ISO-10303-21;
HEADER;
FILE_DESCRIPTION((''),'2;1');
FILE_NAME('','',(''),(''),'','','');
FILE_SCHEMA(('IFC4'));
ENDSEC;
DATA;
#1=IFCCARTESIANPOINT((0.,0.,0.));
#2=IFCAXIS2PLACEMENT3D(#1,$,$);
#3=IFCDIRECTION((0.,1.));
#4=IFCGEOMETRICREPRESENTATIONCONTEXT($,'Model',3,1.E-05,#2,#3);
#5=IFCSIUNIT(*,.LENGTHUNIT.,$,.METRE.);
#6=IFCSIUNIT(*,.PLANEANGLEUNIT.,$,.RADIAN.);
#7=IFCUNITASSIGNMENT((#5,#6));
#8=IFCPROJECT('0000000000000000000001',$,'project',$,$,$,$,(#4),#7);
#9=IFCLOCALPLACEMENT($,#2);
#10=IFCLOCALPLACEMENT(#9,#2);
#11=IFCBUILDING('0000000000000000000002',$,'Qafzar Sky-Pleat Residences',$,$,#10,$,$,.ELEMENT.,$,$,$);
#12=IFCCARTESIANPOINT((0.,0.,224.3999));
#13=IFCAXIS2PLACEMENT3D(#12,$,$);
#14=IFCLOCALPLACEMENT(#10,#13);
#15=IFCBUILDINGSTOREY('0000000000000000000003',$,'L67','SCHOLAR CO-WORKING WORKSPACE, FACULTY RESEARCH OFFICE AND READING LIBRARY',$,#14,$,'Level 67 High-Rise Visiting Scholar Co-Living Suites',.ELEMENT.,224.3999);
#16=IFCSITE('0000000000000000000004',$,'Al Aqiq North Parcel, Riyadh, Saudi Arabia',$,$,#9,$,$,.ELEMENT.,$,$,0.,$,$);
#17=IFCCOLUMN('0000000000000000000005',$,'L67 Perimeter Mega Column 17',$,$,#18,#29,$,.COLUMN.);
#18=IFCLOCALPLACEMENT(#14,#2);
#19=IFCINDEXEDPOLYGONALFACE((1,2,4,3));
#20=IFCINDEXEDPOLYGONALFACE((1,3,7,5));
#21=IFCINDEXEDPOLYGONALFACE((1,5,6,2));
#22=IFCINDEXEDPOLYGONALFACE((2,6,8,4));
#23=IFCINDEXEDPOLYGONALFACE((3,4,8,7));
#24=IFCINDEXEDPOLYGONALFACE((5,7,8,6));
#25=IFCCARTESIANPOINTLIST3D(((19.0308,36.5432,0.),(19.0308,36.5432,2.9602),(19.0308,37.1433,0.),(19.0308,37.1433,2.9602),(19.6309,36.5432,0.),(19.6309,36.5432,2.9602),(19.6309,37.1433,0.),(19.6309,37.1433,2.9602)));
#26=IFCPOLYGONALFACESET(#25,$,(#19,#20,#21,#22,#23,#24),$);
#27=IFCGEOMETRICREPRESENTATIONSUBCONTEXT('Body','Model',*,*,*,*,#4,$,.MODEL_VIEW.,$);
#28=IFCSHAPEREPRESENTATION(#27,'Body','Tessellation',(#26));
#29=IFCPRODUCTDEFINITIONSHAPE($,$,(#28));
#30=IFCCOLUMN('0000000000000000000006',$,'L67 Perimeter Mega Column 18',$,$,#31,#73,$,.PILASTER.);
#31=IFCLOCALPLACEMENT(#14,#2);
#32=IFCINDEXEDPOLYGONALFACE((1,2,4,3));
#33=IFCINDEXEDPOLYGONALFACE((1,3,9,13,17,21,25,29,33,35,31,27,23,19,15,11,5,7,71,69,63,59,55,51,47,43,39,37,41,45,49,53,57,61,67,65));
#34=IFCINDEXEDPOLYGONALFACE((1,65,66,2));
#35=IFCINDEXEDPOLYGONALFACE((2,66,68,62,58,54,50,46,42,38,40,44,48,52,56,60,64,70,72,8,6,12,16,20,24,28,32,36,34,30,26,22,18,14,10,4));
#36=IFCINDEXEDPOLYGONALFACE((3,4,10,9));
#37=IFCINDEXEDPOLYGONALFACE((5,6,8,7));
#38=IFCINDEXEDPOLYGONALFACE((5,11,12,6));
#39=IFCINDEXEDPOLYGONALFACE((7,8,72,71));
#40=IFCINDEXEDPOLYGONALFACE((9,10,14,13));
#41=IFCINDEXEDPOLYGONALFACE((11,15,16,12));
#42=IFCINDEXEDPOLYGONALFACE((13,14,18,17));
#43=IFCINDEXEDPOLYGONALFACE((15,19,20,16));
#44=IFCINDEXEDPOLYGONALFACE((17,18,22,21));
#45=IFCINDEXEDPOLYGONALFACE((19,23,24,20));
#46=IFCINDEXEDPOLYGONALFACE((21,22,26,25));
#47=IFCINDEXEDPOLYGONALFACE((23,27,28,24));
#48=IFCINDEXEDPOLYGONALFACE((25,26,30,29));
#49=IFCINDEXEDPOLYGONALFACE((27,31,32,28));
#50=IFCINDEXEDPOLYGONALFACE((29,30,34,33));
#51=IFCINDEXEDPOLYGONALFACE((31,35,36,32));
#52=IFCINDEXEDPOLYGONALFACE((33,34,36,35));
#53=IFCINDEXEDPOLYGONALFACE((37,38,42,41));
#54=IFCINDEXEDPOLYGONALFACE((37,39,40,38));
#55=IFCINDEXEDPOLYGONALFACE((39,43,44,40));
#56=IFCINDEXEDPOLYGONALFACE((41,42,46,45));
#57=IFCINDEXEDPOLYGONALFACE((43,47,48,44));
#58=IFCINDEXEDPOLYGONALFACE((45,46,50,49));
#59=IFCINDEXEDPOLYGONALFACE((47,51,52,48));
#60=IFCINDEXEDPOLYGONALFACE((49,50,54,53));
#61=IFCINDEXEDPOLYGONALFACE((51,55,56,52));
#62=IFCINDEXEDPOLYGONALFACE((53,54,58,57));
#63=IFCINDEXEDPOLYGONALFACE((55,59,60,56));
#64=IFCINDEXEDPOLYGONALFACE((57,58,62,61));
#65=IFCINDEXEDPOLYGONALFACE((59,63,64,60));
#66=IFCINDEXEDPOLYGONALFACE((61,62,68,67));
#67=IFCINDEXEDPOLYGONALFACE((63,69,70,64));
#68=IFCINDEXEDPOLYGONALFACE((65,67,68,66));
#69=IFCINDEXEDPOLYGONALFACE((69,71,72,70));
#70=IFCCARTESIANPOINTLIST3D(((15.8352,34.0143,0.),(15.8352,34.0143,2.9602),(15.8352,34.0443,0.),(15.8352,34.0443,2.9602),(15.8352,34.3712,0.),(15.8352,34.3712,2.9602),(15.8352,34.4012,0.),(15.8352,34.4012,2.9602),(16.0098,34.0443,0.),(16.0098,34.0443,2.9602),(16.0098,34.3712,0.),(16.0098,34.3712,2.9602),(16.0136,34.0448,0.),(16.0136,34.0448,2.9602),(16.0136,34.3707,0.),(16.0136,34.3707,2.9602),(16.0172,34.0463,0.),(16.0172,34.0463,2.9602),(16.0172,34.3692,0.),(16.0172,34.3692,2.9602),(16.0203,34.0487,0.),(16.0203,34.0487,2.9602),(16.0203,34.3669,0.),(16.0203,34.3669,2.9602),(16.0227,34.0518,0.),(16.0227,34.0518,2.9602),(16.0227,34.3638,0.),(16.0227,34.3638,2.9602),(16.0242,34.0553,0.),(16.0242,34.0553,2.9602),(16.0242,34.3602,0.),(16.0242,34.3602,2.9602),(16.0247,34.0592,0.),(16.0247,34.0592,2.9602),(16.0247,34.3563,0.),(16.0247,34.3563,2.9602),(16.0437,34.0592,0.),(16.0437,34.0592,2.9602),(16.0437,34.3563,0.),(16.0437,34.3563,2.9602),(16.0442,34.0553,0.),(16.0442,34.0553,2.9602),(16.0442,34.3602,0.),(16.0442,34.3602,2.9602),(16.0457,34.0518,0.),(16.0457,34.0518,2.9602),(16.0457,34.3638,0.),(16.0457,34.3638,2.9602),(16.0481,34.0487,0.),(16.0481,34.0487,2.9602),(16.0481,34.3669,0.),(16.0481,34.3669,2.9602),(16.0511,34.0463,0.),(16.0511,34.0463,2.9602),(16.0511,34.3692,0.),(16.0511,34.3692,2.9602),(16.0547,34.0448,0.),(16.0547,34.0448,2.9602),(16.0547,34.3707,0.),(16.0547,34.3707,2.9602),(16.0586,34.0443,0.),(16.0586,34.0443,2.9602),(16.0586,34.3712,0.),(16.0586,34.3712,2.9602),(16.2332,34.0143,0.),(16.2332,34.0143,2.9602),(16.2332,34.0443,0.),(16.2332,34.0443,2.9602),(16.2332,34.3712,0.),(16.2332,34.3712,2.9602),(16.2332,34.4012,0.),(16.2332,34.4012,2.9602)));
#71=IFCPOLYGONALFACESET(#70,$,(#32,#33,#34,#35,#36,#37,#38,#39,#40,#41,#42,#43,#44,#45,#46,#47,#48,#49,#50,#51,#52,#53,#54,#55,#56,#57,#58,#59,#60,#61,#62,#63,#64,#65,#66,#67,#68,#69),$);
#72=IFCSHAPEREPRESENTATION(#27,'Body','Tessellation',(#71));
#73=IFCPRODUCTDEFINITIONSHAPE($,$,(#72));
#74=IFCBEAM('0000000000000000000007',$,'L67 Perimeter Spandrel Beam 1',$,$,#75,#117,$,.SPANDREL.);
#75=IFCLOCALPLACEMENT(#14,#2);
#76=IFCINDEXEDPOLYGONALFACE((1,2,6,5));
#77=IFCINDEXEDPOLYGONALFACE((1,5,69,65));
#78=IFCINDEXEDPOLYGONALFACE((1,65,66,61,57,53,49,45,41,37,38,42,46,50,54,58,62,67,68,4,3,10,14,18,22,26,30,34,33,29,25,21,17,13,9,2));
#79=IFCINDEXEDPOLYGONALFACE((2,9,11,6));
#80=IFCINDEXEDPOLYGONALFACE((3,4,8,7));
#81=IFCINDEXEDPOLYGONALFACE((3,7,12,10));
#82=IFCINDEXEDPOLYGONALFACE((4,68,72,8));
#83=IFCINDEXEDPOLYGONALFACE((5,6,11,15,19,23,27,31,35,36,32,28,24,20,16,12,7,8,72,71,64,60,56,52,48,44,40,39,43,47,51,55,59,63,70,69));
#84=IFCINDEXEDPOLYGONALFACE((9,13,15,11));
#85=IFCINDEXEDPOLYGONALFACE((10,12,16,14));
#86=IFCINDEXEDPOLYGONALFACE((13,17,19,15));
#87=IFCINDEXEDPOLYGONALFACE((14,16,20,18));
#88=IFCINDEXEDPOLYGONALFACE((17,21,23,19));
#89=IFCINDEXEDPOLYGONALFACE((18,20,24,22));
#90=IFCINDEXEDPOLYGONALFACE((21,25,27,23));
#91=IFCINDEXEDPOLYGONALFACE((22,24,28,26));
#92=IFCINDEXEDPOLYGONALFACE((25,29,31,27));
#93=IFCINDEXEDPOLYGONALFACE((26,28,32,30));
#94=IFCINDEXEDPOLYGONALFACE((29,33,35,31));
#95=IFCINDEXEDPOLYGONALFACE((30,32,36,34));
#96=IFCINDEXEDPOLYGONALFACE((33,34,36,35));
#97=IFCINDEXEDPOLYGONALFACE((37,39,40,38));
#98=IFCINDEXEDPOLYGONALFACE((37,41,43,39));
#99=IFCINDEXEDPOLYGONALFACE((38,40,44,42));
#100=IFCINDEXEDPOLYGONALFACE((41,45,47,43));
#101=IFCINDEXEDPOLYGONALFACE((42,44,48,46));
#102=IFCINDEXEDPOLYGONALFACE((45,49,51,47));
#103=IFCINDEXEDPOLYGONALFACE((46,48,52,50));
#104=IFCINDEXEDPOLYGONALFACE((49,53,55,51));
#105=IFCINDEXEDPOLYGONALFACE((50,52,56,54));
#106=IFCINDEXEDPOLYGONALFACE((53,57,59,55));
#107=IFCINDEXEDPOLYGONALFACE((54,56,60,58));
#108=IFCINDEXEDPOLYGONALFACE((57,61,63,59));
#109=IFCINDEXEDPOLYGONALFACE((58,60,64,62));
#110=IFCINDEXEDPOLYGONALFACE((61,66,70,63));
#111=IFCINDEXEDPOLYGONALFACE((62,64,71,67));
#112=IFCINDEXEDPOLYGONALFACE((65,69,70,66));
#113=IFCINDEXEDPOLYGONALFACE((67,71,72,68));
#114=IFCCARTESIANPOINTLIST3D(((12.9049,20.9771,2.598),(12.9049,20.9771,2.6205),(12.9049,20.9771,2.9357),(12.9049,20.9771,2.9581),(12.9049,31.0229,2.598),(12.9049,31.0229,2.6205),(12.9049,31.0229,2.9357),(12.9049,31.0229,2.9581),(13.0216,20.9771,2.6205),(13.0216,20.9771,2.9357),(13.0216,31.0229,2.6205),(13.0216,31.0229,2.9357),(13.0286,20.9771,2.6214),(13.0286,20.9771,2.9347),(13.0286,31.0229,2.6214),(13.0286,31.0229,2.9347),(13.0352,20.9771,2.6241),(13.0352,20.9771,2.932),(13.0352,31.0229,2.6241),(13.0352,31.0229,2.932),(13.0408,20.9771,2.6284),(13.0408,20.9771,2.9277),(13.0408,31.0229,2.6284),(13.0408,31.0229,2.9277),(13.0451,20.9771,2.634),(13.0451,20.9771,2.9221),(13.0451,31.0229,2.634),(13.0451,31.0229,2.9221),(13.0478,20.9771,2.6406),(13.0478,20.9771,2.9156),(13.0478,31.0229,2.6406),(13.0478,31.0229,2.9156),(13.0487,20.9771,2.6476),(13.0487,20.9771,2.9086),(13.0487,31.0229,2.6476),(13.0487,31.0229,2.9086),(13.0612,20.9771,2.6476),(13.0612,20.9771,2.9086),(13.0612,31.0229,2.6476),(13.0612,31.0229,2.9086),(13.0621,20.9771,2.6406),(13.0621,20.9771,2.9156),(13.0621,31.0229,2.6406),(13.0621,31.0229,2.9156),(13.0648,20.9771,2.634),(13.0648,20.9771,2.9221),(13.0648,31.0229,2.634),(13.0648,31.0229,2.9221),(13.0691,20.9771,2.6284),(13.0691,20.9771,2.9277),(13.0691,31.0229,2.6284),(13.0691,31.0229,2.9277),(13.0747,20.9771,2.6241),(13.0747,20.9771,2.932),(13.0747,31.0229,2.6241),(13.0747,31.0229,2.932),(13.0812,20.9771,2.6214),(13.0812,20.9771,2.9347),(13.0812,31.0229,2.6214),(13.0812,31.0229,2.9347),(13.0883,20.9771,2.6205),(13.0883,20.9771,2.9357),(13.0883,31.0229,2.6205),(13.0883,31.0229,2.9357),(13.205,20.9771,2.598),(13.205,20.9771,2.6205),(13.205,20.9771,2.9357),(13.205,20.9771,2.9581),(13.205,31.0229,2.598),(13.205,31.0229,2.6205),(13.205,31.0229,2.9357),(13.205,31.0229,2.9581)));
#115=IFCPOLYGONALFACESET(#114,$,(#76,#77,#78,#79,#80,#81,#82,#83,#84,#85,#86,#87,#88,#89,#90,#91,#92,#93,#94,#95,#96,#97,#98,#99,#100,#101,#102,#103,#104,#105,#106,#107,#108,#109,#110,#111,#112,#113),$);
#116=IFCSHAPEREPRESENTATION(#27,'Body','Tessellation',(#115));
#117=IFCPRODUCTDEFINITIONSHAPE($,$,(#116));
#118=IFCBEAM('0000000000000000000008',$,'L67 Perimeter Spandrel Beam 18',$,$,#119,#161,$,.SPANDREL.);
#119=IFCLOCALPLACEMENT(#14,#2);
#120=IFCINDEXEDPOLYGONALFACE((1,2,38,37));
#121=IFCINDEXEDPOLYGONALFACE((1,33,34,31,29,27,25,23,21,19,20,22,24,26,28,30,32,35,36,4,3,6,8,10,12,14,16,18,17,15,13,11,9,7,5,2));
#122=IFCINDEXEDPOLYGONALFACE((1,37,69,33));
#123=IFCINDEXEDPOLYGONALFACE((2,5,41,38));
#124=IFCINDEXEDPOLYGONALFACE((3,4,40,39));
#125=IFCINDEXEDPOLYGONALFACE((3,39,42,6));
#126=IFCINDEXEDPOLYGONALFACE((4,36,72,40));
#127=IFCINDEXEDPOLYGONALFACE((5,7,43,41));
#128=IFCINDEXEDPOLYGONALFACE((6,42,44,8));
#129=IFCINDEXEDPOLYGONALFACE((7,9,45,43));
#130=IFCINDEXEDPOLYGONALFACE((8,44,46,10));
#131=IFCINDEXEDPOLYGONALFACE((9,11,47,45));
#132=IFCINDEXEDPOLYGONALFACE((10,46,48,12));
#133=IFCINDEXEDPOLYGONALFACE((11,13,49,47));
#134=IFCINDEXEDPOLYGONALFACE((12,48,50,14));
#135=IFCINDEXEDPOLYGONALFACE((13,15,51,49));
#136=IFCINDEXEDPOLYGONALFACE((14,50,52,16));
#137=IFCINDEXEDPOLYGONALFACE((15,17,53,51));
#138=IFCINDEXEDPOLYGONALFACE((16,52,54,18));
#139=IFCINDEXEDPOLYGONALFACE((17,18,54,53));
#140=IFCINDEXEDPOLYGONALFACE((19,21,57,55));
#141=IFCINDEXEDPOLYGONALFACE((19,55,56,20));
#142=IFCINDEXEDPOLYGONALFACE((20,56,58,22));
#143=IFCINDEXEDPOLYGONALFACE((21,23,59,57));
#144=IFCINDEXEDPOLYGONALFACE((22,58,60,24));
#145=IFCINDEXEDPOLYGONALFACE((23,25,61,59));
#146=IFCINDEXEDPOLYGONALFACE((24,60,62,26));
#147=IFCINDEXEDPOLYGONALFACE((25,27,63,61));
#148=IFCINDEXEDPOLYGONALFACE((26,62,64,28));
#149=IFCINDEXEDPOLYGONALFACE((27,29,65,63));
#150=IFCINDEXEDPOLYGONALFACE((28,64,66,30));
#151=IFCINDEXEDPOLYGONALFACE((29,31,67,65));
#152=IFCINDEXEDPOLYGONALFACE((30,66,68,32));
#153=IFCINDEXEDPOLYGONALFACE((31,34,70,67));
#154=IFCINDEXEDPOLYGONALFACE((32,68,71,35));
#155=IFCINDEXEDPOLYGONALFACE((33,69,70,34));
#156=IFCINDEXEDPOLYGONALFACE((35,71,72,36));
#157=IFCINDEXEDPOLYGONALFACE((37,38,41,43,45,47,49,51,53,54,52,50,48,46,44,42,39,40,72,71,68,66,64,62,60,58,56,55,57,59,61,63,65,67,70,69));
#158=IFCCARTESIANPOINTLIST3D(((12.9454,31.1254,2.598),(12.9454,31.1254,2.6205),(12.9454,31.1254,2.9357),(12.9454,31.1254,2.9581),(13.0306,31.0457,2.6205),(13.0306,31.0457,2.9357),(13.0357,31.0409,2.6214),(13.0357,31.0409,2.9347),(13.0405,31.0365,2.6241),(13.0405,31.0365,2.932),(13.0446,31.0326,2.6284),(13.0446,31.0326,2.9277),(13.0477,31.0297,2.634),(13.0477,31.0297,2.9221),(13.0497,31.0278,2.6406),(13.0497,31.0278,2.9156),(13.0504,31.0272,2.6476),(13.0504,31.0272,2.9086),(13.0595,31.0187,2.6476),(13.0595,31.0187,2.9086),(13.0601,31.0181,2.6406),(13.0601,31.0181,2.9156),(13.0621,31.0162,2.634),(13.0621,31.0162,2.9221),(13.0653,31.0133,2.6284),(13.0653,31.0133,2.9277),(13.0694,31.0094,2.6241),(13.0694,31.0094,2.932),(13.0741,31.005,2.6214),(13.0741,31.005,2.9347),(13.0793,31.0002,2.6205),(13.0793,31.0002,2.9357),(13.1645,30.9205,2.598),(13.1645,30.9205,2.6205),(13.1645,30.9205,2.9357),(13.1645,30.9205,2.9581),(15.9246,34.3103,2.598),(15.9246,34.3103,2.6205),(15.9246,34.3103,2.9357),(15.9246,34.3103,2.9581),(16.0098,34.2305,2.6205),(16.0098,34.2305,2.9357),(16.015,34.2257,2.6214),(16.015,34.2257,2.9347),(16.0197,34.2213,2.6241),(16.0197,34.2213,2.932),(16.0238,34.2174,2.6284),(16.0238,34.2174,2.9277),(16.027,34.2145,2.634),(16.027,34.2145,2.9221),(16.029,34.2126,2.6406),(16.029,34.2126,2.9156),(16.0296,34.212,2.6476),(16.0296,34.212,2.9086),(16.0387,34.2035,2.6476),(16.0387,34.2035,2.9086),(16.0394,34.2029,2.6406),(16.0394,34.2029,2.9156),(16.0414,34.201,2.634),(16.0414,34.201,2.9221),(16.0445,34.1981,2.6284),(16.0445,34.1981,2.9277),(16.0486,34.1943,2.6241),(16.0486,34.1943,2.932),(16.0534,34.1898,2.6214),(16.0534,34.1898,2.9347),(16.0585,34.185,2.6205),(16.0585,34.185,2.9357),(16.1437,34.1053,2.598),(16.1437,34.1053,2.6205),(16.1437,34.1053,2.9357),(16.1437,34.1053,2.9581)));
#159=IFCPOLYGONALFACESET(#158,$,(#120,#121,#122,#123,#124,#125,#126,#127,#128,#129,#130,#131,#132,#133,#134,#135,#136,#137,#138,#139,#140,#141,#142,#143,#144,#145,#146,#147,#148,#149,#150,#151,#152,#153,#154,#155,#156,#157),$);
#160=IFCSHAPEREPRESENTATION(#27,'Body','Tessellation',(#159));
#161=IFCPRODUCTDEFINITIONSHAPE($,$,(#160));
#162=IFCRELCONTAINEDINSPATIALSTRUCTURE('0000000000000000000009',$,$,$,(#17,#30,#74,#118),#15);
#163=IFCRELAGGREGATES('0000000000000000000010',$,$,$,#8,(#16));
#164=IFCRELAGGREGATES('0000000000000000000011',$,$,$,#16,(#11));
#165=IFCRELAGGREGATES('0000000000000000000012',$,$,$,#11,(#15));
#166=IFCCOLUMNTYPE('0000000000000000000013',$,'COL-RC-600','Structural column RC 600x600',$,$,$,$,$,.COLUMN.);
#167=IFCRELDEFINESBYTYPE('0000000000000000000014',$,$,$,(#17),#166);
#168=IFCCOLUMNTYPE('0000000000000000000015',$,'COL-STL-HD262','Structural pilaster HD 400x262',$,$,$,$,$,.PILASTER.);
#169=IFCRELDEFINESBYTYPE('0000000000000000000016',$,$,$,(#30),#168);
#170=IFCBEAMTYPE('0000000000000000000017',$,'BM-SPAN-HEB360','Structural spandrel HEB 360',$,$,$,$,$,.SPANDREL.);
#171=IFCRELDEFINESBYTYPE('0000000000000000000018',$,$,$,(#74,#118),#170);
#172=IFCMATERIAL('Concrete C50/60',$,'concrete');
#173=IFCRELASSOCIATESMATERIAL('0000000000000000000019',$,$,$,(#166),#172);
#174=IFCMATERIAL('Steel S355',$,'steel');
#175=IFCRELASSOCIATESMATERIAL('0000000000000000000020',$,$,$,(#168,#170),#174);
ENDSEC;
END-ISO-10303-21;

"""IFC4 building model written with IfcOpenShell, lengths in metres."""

from ifc_helpers import new_model, si_unit, direction, frame, origin, origin_2d, place, context, subcontext, project, spatial, rectangle, i_section, extrude, source, transform, mapped, material, material_profile, profile_set, type_object, element, save


model = new_model("IFC4")

# Units and contexts
model_context = context("Model", 3, precision=1e-05, world=origin(), true_north=direction((0.0, 1.0)))
body_context = subcontext(model_context, "Body", "Model", "MODEL_VIEW")
ifc_project = project(units=[si_unit("LENGTHUNIT", "METRE"), si_unit("PLANEANGLEUNIT", "RADIAN")], contexts=[model_context])

# Site, building, storey
site_placement = place(None, origin())
site = spatial("IfcSite", under=ifc_project, at=site_placement, Name="Al Aqiq North Parcel, Riyadh, Saudi Arabia", CompositionType="ELEMENT", RefElevation=0.0)
building_placement = place(site_placement, origin())
building = spatial("IfcBuilding", under=site, at=building_placement, Name="Qafzar Sky-Pleat Residences", CompositionType="ELEMENT")
storey_placement = place(building_placement, frame((0.0, 0.0, 224.3999)))
storey = spatial("IfcBuildingStorey", under=building, at=storey_placement, Name="L67", Description="SCHOLAR CO-WORKING WORKSPACE, FACULTY RESEARCH OFFICE AND READING LIBRARY", LongName="Level 67 High-Rise Visiting Scholar Co-Living Suites", CompositionType="ELEMENT", Elevation=224.3999)

# Columns
ifc_material_1 = material(Name="Concrete C50/60", Category="concrete")
ifc_material_profile_1 = material_profile(ifc_material_1, rectangle(XDim=0.6001, YDim=0.6001, at=origin_2d()), Name="RC 600x600")
ifc_profile_set_1 = profile_set([ifc_material_profile_1], Name="Concrete C50/60")
column_type_1 = type_object("IfcColumnType", Name="COL-RC-600", Description="Structural column RC 600x600", PredefinedType="COLUMN", material=ifc_profile_set_1)
shared_shape_1 = source(origin(), body_context, "Body", "SweptSolid", [
    extrude(rectangle(XDim=0.6001, YDim=0.6001, at=origin_2d()), origin(), (0.0, 0.0, 1.0), 2.9602),
])
column_1_placement = place(storey_placement, frame((19.3308, 36.8433, 0.0), z_axis=(0.0, 0.0, 1.0), x_axis=(1.0, 0.0, 0.0)))
element("IfcColumn", 1, at=column_1_placement, inside=storey, type_object=column_type_1, Name="L67 Perimeter Mega Column 17", PredefinedType="COLUMN", context=body_context, shape_type="MappedRepresentation", body=[
    mapped(shared_shape_1, transform((0.0, 0.0, 0.0), x_axis=(1.0, 0.0, 0.0), y_axis=(0.0, 1.0, 0.0), z_axis=(0.0, 0.0, 1.0), scale=1.0)),
])
ifc_material_2 = material(Name="Steel S355", Category="steel")
ifc_material_profile_2 = material_profile(ifc_material_2, i_section(OverallWidth=0.3979, OverallDepth=0.387, WebThickness=0.019, FlangeThickness=0.03, FilletRadius=0.0149, at=origin_2d()), Name="HD 400x262")
ifc_profile_set_2 = profile_set([ifc_material_profile_2], Name="Steel S355")
column_type_2 = type_object("IfcColumnType", Name="COL-STL-HD262", Description="Structural pilaster HD 400x262", PredefinedType="PILASTER", material=ifc_profile_set_2)
shared_shape_2 = source(origin(), body_context, "Body", "SweptSolid", [
    extrude(i_section(OverallWidth=0.3979, OverallDepth=0.387, WebThickness=0.019, FlangeThickness=0.03, FilletRadius=0.0149, at=origin_2d()), origin(), (0.0, 0.0, 1.0), 2.9602),
])
column_2_placement = place(storey_placement, frame((16.0342, 34.2078, 0.0), z_axis=(0.0, 0.0, 1.0), x_axis=(1.0, 0.0, 0.0)))
element("IfcColumn", 2, at=column_2_placement, inside=storey, type_object=column_type_2, Name="L67 Perimeter Mega Column 18", PredefinedType="PILASTER", context=body_context, shape_type="MappedRepresentation", body=[
    mapped(shared_shape_2, transform((0.0, 0.0, 0.0), x_axis=(1.0, 0.0, 0.0), y_axis=(0.0, 1.0, 0.0), z_axis=(0.0, 0.0, 1.0), scale=1.0)),
])

# Beams
ifc_material_profile_3 = material_profile(ifc_material_2, i_section(OverallWidth=0.3, OverallDepth=0.3601, WebThickness=0.0125, FlangeThickness=0.0225, FilletRadius=0.0271, at=origin_2d()), Name="HEB 360")
ifc_profile_set_3 = profile_set([ifc_material_profile_3], Name="Steel S355")
beam_type_1 = type_object("IfcBeamType", Name="BM-SPAN-HEB360", Description="Structural spandrel HEB 360", PredefinedType="SPANDREL", material=ifc_profile_set_3)
shared_shape_3 = source(origin(), body_context, "Body", "SweptSolid", [
    extrude(i_section(OverallWidth=0.3, OverallDepth=0.3601, WebThickness=0.0125, FlangeThickness=0.0225, FilletRadius=0.0271, at=origin_2d()), origin(), (0.0, 0.0, 1.0), 10.0459),
])
beam_1_placement = place(storey_placement, frame((13.0549, 31.0229, 2.7781), z_axis=(0.0, -1.0, 0.0), x_axis=(1.0, 0.0, 0.0)))
element("IfcBeam", 3, at=beam_1_placement, inside=storey, type_object=beam_type_1, Name="L67 Perimeter Spandrel Beam 1", PredefinedType="SPANDREL", context=body_context, shape_type="MappedRepresentation", body=[
    mapped(shared_shape_3, transform((0.0, 0.0, 0.0), x_axis=(1.0, 0.0, 0.0), y_axis=(0.0, 1.0, 0.0), z_axis=(0.0, 0.0, 1.0), scale=1.0)),
])
shared_shape_4 = source(origin(), body_context, "Body", "SweptSolid", [
    extrude(i_section(OverallWidth=0.3, OverallDepth=0.3601, WebThickness=0.0125, FlangeThickness=0.0225, FilletRadius=0.0271, at=origin_2d()), origin(), (0.0, 0.0, 1.0), 4.3611),
])
beam_2_placement = place(storey_placement, frame((16.0342, 34.2078, 2.7781), z_axis=(-0.683146, -0.730282, 0.0), x_axis=(0.730282, -0.683146, 0.0)))
element("IfcBeam", 4, at=beam_2_placement, inside=storey, type_object=beam_type_1, Name="L67 Perimeter Spandrel Beam 18", PredefinedType="SPANDREL", context=body_context, shape_type="MappedRepresentation", body=[
    mapped(shared_shape_4, transform((0.0, 0.0, 0.0), x_axis=(1.0, 0.0, 0.0), y_axis=(0.0, 1.0, 0.0), z_axis=(0.0, 0.0, 1.0), scale=1.0)),
])

save(model, "model.ifc")
